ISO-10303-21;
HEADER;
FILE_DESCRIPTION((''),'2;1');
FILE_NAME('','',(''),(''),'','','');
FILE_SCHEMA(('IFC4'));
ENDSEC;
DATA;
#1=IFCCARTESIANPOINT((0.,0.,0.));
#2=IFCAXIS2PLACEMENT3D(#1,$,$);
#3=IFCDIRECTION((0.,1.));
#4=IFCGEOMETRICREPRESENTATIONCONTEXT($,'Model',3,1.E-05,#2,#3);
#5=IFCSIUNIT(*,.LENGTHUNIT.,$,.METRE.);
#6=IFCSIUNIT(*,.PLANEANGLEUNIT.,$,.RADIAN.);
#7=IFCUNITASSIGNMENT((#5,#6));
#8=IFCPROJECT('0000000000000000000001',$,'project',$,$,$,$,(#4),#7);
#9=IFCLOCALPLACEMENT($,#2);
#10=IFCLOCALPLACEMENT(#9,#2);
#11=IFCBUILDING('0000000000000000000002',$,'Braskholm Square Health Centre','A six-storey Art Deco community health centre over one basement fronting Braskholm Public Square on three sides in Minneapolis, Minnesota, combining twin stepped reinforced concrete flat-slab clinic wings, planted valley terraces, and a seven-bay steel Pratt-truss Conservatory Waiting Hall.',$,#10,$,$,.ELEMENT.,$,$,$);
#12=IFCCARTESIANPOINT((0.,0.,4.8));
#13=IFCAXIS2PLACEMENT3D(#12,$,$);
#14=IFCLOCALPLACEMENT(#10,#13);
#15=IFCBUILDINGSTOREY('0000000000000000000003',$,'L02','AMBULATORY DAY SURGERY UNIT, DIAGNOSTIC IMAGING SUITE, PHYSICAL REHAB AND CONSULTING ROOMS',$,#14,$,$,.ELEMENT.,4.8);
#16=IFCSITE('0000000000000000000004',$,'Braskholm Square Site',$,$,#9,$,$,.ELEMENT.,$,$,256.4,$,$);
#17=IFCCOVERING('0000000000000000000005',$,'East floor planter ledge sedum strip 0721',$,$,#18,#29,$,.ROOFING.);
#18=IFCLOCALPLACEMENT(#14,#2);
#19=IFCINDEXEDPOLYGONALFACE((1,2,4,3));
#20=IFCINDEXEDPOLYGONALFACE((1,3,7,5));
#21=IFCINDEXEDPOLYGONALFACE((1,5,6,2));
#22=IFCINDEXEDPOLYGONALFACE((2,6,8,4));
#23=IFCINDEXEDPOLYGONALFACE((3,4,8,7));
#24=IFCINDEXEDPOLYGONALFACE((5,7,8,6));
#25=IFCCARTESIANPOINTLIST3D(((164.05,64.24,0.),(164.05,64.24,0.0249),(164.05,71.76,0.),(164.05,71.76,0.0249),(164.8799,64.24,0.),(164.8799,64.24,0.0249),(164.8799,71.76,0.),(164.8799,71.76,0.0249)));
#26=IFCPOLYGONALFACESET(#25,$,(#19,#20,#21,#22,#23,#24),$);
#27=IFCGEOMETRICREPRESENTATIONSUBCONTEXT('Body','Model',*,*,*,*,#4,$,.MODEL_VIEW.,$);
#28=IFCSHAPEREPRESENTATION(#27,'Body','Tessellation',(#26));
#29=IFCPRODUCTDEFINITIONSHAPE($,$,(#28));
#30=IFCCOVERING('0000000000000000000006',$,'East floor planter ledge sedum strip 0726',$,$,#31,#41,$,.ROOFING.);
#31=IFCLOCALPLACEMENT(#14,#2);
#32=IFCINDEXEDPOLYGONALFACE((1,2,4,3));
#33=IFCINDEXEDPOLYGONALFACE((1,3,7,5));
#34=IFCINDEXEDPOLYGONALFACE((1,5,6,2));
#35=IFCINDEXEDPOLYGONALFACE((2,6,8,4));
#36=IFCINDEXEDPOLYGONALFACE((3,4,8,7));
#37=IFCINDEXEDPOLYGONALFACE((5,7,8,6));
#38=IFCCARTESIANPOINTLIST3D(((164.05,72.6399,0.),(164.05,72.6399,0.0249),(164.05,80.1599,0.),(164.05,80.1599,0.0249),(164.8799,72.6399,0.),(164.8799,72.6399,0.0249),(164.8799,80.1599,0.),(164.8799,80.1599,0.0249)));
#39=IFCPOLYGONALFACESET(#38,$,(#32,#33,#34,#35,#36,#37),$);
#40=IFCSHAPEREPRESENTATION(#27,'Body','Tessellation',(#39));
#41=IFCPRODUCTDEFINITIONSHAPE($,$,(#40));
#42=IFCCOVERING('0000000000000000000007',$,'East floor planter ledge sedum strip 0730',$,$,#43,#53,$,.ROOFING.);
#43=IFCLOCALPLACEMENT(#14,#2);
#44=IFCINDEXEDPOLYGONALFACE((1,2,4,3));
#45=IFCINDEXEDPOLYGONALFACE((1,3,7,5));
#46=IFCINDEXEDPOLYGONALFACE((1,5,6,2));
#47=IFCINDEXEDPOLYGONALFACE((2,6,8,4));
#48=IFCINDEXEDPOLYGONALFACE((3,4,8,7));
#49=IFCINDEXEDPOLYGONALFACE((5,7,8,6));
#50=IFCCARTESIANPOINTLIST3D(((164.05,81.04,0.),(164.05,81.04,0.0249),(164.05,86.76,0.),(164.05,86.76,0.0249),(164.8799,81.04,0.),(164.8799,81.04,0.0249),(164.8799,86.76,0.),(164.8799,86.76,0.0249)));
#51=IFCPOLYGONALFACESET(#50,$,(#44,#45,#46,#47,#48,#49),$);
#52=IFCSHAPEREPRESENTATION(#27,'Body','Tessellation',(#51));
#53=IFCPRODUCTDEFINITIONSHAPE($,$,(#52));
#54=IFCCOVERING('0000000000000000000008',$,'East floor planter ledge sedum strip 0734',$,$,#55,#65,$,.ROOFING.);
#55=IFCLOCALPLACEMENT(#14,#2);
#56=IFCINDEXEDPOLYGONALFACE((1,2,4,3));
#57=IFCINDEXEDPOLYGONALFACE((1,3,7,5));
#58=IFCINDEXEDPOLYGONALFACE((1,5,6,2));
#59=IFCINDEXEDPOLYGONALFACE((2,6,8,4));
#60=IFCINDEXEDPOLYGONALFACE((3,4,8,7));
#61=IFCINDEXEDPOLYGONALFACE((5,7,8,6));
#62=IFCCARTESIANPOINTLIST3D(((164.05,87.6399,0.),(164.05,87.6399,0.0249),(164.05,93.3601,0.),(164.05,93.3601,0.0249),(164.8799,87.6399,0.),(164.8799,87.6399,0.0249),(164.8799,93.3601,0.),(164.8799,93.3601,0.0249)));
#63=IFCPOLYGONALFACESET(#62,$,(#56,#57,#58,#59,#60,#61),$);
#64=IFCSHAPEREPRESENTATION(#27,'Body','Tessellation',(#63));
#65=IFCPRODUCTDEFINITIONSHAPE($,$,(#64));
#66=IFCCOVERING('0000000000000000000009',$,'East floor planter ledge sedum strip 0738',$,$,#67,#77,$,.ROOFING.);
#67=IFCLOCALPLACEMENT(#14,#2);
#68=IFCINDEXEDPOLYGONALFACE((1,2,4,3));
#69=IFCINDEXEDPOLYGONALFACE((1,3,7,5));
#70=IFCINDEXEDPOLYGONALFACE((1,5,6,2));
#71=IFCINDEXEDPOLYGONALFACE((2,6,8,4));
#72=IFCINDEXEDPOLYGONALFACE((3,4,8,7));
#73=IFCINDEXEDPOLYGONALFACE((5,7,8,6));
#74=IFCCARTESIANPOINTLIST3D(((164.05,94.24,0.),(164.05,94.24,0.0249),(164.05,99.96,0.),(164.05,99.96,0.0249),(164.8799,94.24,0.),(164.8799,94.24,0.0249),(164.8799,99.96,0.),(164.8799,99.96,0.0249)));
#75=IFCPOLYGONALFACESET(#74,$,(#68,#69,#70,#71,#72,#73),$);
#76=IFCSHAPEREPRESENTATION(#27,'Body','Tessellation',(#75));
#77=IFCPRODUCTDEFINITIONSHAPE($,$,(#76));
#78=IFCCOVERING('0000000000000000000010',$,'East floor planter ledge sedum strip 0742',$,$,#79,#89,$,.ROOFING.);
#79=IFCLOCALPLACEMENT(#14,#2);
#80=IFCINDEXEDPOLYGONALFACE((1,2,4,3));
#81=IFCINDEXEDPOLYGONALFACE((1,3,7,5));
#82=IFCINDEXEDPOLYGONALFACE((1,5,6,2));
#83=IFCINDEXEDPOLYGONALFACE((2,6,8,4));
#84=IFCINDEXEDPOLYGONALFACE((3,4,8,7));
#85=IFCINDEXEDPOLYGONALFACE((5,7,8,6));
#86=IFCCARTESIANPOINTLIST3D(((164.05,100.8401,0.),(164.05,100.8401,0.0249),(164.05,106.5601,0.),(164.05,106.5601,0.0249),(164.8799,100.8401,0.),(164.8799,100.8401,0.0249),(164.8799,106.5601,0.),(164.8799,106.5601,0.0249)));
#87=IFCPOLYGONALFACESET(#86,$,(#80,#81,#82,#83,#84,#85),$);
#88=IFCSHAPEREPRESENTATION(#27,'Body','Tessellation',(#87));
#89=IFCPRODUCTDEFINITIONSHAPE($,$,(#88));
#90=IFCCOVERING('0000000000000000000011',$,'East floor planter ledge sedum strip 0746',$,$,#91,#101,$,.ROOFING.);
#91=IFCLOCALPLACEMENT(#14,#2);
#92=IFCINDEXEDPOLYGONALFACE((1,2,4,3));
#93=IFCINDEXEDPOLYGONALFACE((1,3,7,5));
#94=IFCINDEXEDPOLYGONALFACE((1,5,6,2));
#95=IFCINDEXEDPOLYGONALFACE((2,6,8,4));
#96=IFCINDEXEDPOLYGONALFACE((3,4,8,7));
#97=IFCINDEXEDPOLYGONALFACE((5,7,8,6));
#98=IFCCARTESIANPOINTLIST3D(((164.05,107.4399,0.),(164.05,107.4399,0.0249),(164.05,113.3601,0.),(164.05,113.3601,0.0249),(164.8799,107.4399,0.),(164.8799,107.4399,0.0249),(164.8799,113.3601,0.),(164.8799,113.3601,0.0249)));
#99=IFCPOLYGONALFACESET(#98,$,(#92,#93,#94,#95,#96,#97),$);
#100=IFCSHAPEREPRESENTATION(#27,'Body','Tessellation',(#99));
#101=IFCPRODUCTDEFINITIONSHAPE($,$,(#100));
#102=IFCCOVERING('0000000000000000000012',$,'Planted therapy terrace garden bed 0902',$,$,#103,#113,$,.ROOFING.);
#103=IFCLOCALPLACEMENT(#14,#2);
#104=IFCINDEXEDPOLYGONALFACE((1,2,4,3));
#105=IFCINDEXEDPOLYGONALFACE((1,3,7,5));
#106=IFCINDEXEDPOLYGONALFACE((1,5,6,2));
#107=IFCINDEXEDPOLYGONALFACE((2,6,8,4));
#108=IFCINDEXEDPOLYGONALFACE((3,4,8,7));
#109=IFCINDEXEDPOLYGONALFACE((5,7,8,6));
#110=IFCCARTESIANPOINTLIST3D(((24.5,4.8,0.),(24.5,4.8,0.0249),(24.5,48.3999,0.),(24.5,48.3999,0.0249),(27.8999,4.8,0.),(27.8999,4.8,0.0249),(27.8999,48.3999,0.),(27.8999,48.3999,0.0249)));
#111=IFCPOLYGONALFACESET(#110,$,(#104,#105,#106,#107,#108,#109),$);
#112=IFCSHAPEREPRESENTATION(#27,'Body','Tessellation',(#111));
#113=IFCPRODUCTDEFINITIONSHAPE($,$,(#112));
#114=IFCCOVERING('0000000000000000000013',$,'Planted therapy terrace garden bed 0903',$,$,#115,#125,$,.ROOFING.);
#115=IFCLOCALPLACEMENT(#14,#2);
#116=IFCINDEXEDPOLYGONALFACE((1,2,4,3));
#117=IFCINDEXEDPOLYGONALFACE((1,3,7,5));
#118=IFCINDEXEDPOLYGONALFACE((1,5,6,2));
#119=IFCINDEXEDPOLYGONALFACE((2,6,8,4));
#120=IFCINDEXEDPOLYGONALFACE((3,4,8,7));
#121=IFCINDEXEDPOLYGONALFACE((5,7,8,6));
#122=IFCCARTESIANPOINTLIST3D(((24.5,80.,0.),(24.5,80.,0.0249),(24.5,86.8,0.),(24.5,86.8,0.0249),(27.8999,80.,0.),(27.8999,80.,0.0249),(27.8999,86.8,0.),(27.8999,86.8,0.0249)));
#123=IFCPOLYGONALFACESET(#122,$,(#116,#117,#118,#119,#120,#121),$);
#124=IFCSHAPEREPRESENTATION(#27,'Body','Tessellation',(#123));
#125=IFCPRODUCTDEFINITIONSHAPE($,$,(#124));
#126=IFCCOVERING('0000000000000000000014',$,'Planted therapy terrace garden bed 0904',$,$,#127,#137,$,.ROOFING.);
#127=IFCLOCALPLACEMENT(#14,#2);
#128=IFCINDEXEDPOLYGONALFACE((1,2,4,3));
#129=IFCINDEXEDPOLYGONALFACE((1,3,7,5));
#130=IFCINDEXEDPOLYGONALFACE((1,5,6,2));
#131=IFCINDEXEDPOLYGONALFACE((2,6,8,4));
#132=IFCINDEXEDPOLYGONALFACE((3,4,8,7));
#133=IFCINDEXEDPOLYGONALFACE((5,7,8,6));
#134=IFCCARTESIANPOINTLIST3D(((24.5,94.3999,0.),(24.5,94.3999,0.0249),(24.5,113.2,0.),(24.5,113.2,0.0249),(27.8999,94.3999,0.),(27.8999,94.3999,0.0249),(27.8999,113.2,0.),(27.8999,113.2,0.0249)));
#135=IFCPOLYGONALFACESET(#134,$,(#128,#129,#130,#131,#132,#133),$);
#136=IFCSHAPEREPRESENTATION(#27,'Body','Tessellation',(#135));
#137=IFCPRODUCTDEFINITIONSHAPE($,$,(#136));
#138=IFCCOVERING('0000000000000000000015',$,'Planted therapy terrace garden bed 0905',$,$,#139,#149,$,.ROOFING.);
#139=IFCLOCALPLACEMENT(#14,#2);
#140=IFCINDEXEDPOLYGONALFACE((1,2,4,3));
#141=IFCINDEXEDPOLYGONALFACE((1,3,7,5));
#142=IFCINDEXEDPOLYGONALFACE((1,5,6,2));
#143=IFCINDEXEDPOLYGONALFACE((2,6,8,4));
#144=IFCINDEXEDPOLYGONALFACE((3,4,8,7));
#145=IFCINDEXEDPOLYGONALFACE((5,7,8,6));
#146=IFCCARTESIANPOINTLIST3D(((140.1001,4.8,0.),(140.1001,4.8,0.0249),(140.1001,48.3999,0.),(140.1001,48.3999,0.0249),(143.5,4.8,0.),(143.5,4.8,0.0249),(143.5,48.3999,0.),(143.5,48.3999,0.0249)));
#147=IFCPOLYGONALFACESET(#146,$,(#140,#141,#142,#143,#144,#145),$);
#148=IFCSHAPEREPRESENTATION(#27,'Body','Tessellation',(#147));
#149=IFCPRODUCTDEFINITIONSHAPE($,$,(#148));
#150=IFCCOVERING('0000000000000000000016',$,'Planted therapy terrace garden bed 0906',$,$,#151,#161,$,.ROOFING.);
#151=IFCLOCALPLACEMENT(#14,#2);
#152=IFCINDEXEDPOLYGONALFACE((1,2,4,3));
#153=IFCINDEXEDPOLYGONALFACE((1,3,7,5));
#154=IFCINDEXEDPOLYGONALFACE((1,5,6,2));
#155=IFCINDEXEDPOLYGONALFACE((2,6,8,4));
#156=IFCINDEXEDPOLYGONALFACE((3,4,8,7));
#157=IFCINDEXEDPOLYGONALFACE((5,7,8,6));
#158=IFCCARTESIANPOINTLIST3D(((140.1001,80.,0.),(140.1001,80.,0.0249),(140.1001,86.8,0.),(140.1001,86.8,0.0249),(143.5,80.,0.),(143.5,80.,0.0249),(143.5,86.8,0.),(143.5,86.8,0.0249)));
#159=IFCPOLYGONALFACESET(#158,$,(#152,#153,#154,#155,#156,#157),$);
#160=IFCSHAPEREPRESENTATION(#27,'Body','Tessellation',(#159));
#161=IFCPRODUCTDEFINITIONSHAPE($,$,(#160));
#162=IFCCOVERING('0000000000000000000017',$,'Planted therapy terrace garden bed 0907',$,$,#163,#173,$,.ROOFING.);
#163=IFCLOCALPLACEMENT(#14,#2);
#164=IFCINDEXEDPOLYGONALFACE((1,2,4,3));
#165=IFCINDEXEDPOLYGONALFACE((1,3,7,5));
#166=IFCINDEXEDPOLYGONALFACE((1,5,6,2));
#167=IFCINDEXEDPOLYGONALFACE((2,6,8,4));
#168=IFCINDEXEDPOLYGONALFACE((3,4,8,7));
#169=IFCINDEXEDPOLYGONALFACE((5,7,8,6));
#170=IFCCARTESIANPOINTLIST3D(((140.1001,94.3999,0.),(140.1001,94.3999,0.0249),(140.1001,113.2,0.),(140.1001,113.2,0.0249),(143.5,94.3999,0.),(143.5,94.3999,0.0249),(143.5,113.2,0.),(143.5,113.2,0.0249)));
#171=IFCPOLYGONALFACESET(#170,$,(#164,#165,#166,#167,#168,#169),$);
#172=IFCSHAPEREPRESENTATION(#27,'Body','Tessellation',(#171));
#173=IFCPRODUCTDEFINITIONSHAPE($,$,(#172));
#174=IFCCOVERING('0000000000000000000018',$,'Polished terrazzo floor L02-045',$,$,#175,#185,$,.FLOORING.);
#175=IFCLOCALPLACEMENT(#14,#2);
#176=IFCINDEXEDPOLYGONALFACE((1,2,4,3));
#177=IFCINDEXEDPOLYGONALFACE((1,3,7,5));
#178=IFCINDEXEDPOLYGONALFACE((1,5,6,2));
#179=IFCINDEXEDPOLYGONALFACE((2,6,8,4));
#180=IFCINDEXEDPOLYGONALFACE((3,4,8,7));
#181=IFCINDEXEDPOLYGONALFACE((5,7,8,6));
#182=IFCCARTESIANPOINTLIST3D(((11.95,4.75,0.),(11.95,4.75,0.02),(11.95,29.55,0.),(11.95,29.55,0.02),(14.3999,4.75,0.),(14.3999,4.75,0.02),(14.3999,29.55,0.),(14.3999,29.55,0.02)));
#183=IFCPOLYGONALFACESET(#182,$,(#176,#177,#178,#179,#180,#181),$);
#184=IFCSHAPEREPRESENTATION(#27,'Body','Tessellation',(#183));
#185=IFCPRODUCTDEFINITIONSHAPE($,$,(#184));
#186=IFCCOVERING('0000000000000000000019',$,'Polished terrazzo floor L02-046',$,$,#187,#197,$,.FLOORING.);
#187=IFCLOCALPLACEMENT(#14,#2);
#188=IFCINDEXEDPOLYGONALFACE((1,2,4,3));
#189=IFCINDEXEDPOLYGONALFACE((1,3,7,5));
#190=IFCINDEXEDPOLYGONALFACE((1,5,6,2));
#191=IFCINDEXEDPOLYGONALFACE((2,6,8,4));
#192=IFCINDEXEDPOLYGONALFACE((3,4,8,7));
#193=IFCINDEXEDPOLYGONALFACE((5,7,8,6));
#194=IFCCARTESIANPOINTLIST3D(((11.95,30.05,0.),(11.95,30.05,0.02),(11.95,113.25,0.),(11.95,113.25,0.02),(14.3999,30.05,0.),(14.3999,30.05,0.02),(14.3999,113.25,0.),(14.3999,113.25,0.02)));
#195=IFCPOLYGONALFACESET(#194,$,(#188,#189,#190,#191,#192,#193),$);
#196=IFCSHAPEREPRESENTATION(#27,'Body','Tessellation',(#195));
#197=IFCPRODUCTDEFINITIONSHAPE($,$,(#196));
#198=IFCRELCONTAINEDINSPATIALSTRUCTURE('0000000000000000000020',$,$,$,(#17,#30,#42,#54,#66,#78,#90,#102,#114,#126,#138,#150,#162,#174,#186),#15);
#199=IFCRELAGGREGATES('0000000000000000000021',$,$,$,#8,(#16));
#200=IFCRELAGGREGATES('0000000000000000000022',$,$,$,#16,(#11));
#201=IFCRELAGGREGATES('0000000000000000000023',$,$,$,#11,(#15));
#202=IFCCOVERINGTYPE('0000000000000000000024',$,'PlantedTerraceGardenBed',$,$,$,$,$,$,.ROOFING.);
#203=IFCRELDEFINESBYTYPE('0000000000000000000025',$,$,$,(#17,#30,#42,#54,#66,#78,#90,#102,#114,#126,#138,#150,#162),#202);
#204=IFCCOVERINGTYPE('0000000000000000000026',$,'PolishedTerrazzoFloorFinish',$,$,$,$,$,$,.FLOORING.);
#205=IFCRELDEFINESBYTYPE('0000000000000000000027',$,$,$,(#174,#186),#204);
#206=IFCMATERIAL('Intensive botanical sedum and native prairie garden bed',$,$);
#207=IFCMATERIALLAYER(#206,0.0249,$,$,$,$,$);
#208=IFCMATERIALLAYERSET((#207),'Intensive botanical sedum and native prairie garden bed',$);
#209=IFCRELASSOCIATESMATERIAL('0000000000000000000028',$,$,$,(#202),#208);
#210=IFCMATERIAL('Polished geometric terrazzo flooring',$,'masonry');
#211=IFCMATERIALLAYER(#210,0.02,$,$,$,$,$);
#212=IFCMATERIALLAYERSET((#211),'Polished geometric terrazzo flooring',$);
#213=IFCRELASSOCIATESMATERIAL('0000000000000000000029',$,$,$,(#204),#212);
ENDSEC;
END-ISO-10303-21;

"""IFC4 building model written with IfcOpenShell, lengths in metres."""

from ifc_helpers import new_model, si_unit, direction, frame, origin, place, context, subcontext, project, spatial, polyline, outline, extrude, material, layer, layer_set, type_object, element, save


model = new_model("IFC4")

# Units and contexts
model_context = context("Model", 3, precision=1e-05, world=origin(), true_north=direction((0.0, 1.0)))
body_context = subcontext(model_context, "Body", "Model", "MODEL_VIEW")
ifc_project = project(units=[si_unit("LENGTHUNIT", "METRE"), si_unit("PLANEANGLEUNIT", "RADIAN")], contexts=[model_context])

# Site, building, storey
site_placement = place(None, origin())
site = spatial("IfcSite", under=ifc_project, at=site_placement, Name="Braskholm Square Site", CompositionType="ELEMENT", RefElevation=256.4)
building_placement = place(site_placement, origin())
building = spatial("IfcBuilding", under=site, at=building_placement, Name="Braskholm Square Health Centre", Description="A six-storey Art Deco community health centre over one basement fronting Braskholm Public Square on three sides in Minneapolis, Minnesota, combining twin stepped reinforced concrete flat-slab clinic wings, planted valley terraces, and a seven-bay steel Pratt-truss Conservatory Waiting Hall.", CompositionType="ELEMENT")
storey_placement = place(building_placement, frame((0.0, 0.0, 4.8)))
storey = spatial("IfcBuildingStorey", under=building, at=storey_placement, Name="L02", Description="AMBULATORY DAY SURGERY UNIT, DIAGNOSTIC IMAGING SUITE, PHYSICAL REHAB AND CONSULTING ROOMS", CompositionType="ELEMENT", Elevation=4.8)

# Coverings
ifc_material_1 = material(Name="Intensive botanical sedum and native prairie garden bed")
ifc_layer_1 = layer(ifc_material_1, 0.0249)
ifc_layer_set_1 = layer_set([ifc_layer_1], Name="Intensive botanical sedum and native prairie garden bed")
covering_type_1 = type_object("IfcCoveringType", Name="PlantedTerraceGardenBed", PredefinedType="ROOFING", material=ifc_layer_set_1)
covering_1_placement = place(storey_placement, origin())
element("IfcCovering", 1, at=covering_1_placement, inside=storey, type_object=covering_type_1, Name="East floor planter ledge sedum strip 0721", PredefinedType="ROOFING", context=body_context, shape_type="SweptSolid", body=[
    extrude(outline(polyline([(164.05, 64.24), (164.8799, 64.24), (164.8799, 71.76), (164.05, 71.76), (164.05, 64.24)])), origin(), (0.0, 0.0, 1.0), 0.0249),
])
covering_2_placement = place(storey_placement, origin())
element("IfcCovering", 2, at=covering_2_placement, inside=storey, type_object=covering_type_1, Name="East floor planter ledge sedum strip 0726", PredefinedType="ROOFING", context=body_context, shape_type="SweptSolid", body=[
    extrude(outline(polyline([(164.05, 72.6399), (164.8799, 72.6399), (164.8799, 80.1599), (164.05, 80.1599), (164.05, 72.6399)])), origin(), (0.0, 0.0, 1.0), 0.0249),
])
covering_3_placement = place(storey_placement, origin())
element("IfcCovering", 3, at=covering_3_placement, inside=storey, type_object=covering_type_1, Name="East floor planter ledge sedum strip 0730", PredefinedType="ROOFING", context=body_context, shape_type="SweptSolid", body=[
    extrude(outline(polyline([(164.05, 81.04), (164.8799, 81.04), (164.8799, 86.76), (164.05, 86.76), (164.05, 81.04)])), origin(), (0.0, 0.0, 1.0), 0.0249),
])
covering_4_placement = place(storey_placement, origin())
element("IfcCovering", 4, at=covering_4_placement, inside=storey, type_object=covering_type_1, Name="East floor planter ledge sedum strip 0734", PredefinedType="ROOFING", context=body_context, shape_type="SweptSolid", body=[
    extrude(outline(polyline([(164.05, 87.6399), (164.8799, 87.6399), (164.8799, 93.3601), (164.05, 93.3601), (164.05, 87.6399)])), origin(), (0.0, 0.0, 1.0), 0.0249),
])
covering_5_placement = place(storey_placement, origin())
element("IfcCovering", 5, at=covering_5_placement, inside=storey, type_object=covering_type_1, Name="East floor planter ledge sedum strip 0738", PredefinedType="ROOFING", context=body_context, shape_type="SweptSolid", body=[
    extrude(outline(polyline([(164.05, 94.24), (164.8799, 94.24), (164.8799, 99.96), (164.05, 99.96), (164.05, 94.24)])), origin(), (0.0, 0.0, 1.0), 0.0249),
])
covering_6_placement = place(storey_placement, origin())
element("IfcCovering", 6, at=covering_6_placement, inside=storey, type_object=covering_type_1, Name="East floor planter ledge sedum strip 0742", PredefinedType="ROOFING", context=body_context, shape_type="SweptSolid", body=[
    extrude(outline(polyline([(164.05, 100.8401), (164.8799, 100.8401), (164.8799, 106.5601), (164.05, 106.5601), (164.05, 100.8401)])), origin(), (0.0, 0.0, 1.0), 0.0249),
])
covering_7_placement = place(storey_placement, origin())
element("IfcCovering", 7, at=covering_7_placement, inside=storey, type_object=covering_type_1, Name="East floor planter ledge sedum strip 0746", PredefinedType="ROOFING", context=body_context, shape_type="SweptSolid", body=[
    extrude(outline(polyline([(164.05, 107.4399), (164.8799, 107.4399), (164.8799, 113.3601), (164.05, 113.3601), (164.05, 107.4399)])), origin(), (0.0, 0.0, 1.0), 0.0249),
])
covering_8_placement = place(storey_placement, origin())
element("IfcCovering", 8, at=covering_8_placement, inside=storey, type_object=covering_type_1, Name="Planted therapy terrace garden bed 0902", PredefinedType="ROOFING", context=body_context, shape_type="SweptSolid", body=[
    extrude(outline(polyline([(24.5, 4.8), (27.8999, 4.8), (27.8999, 48.3999), (24.5, 48.3999), (24.5, 4.8)])), origin(), (0.0, 0.0, 1.0), 0.0249),
])
covering_9_placement = place(storey_placement, origin())
element("IfcCovering", 9, at=covering_9_placement, inside=storey, type_object=covering_type_1, Name="Planted therapy terrace garden bed 0903", PredefinedType="ROOFING", context=body_context, shape_type="SweptSolid", body=[
    extrude(outline(polyline([(24.5, 80.0), (27.8999, 80.0), (27.8999, 86.8), (24.5, 86.8), (24.5, 80.0)])), origin(), (0.0, 0.0, 1.0), 0.0249),
])
covering_10_placement = place(storey_placement, origin())
element("IfcCovering", 10, at=covering_10_placement, inside=storey, type_object=covering_type_1, Name="Planted therapy terrace garden bed 0904", PredefinedType="ROOFING", context=body_context, shape_type="SweptSolid", body=[
    extrude(outline(polyline([(24.5, 94.3999), (27.8999, 94.3999), (27.8999, 113.2), (24.5, 113.2), (24.5, 94.3999)])), origin(), (0.0, 0.0, 1.0), 0.0249),
])
covering_11_placement = place(storey_placement, origin())
element("IfcCovering", 11, at=covering_11_placement, inside=storey, type_object=covering_type_1, Name="Planted therapy terrace garden bed 0905", PredefinedType="ROOFING", context=body_context, shape_type="SweptSolid", body=[
    extrude(outline(polyline([(140.1001, 4.8), (143.5, 4.8), (143.5, 48.3999), (140.1001, 48.3999), (140.1001, 4.8)])), origin(), (0.0, 0.0, 1.0), 0.0249),
])
covering_12_placement = place(storey_placement, origin())
element("IfcCovering", 12, at=covering_12_placement, inside=storey, type_object=covering_type_1, Name="Planted therapy terrace garden bed 0906", PredefinedType="ROOFING", context=body_context, shape_type="SweptSolid", body=[
    extrude(outline(polyline([(140.1001, 80.0), (143.5, 80.0), (143.5, 86.8), (140.1001, 86.8), (140.1001, 80.0)])), origin(), (0.0, 0.0, 1.0), 0.0249),
])
covering_13_placement = place(storey_placement, origin())
element("IfcCovering", 13, at=covering_13_placement, inside=storey, type_object=covering_type_1, Name="Planted therapy terrace garden bed 0907", PredefinedType="ROOFING", context=body_context, shape_type="SweptSolid", body=[
    extrude(outline(polyline([(140.1001, 94.3999), (143.5, 94.3999), (143.5, 113.2), (140.1001, 113.2), (140.1001, 94.3999)])), origin(), (0.0, 0.0, 1.0), 0.0249),
])
ifc_material_2 = material(Name="Polished geometric terrazzo flooring", Category="masonry")
ifc_layer_2 = layer(ifc_material_2, 0.02)
ifc_layer_set_2 = layer_set([ifc_layer_2], Name="Polished geometric terrazzo flooring")
covering_type_2 = type_object("IfcCoveringType", Name="PolishedTerrazzoFloorFinish", PredefinedType="FLOORING", material=ifc_layer_set_2)
covering_14_placement = place(storey_placement, origin())
element("IfcCovering", 14, at=covering_14_placement, inside=storey, type_object=covering_type_2, Name="Polished terrazzo floor L02-045", PredefinedType="FLOORING", context=body_context, shape_type="SweptSolid", body=[
    extrude(outline(polyline([(11.95, 4.75), (14.3999, 4.75), (14.3999, 29.55), (11.95, 29.55), (11.95, 4.75)])), origin(), (0.0, 0.0, 1.0), 0.02),
])
covering_15_placement = place(storey_placement, origin())
element("IfcCovering", 15, at=covering_15_placement, inside=storey, type_object=covering_type_2, Name="Polished terrazzo floor L02-046", PredefinedType="FLOORING", context=body_context, shape_type="SweptSolid", body=[
    extrude(outline(polyline([(11.95, 30.05), (14.3999, 30.05), (14.3999, 113.25), (11.95, 113.25), (11.95, 30.05)])), origin(), (0.0, 0.0, 1.0), 0.02),
])

save(model, "model.ifc")
